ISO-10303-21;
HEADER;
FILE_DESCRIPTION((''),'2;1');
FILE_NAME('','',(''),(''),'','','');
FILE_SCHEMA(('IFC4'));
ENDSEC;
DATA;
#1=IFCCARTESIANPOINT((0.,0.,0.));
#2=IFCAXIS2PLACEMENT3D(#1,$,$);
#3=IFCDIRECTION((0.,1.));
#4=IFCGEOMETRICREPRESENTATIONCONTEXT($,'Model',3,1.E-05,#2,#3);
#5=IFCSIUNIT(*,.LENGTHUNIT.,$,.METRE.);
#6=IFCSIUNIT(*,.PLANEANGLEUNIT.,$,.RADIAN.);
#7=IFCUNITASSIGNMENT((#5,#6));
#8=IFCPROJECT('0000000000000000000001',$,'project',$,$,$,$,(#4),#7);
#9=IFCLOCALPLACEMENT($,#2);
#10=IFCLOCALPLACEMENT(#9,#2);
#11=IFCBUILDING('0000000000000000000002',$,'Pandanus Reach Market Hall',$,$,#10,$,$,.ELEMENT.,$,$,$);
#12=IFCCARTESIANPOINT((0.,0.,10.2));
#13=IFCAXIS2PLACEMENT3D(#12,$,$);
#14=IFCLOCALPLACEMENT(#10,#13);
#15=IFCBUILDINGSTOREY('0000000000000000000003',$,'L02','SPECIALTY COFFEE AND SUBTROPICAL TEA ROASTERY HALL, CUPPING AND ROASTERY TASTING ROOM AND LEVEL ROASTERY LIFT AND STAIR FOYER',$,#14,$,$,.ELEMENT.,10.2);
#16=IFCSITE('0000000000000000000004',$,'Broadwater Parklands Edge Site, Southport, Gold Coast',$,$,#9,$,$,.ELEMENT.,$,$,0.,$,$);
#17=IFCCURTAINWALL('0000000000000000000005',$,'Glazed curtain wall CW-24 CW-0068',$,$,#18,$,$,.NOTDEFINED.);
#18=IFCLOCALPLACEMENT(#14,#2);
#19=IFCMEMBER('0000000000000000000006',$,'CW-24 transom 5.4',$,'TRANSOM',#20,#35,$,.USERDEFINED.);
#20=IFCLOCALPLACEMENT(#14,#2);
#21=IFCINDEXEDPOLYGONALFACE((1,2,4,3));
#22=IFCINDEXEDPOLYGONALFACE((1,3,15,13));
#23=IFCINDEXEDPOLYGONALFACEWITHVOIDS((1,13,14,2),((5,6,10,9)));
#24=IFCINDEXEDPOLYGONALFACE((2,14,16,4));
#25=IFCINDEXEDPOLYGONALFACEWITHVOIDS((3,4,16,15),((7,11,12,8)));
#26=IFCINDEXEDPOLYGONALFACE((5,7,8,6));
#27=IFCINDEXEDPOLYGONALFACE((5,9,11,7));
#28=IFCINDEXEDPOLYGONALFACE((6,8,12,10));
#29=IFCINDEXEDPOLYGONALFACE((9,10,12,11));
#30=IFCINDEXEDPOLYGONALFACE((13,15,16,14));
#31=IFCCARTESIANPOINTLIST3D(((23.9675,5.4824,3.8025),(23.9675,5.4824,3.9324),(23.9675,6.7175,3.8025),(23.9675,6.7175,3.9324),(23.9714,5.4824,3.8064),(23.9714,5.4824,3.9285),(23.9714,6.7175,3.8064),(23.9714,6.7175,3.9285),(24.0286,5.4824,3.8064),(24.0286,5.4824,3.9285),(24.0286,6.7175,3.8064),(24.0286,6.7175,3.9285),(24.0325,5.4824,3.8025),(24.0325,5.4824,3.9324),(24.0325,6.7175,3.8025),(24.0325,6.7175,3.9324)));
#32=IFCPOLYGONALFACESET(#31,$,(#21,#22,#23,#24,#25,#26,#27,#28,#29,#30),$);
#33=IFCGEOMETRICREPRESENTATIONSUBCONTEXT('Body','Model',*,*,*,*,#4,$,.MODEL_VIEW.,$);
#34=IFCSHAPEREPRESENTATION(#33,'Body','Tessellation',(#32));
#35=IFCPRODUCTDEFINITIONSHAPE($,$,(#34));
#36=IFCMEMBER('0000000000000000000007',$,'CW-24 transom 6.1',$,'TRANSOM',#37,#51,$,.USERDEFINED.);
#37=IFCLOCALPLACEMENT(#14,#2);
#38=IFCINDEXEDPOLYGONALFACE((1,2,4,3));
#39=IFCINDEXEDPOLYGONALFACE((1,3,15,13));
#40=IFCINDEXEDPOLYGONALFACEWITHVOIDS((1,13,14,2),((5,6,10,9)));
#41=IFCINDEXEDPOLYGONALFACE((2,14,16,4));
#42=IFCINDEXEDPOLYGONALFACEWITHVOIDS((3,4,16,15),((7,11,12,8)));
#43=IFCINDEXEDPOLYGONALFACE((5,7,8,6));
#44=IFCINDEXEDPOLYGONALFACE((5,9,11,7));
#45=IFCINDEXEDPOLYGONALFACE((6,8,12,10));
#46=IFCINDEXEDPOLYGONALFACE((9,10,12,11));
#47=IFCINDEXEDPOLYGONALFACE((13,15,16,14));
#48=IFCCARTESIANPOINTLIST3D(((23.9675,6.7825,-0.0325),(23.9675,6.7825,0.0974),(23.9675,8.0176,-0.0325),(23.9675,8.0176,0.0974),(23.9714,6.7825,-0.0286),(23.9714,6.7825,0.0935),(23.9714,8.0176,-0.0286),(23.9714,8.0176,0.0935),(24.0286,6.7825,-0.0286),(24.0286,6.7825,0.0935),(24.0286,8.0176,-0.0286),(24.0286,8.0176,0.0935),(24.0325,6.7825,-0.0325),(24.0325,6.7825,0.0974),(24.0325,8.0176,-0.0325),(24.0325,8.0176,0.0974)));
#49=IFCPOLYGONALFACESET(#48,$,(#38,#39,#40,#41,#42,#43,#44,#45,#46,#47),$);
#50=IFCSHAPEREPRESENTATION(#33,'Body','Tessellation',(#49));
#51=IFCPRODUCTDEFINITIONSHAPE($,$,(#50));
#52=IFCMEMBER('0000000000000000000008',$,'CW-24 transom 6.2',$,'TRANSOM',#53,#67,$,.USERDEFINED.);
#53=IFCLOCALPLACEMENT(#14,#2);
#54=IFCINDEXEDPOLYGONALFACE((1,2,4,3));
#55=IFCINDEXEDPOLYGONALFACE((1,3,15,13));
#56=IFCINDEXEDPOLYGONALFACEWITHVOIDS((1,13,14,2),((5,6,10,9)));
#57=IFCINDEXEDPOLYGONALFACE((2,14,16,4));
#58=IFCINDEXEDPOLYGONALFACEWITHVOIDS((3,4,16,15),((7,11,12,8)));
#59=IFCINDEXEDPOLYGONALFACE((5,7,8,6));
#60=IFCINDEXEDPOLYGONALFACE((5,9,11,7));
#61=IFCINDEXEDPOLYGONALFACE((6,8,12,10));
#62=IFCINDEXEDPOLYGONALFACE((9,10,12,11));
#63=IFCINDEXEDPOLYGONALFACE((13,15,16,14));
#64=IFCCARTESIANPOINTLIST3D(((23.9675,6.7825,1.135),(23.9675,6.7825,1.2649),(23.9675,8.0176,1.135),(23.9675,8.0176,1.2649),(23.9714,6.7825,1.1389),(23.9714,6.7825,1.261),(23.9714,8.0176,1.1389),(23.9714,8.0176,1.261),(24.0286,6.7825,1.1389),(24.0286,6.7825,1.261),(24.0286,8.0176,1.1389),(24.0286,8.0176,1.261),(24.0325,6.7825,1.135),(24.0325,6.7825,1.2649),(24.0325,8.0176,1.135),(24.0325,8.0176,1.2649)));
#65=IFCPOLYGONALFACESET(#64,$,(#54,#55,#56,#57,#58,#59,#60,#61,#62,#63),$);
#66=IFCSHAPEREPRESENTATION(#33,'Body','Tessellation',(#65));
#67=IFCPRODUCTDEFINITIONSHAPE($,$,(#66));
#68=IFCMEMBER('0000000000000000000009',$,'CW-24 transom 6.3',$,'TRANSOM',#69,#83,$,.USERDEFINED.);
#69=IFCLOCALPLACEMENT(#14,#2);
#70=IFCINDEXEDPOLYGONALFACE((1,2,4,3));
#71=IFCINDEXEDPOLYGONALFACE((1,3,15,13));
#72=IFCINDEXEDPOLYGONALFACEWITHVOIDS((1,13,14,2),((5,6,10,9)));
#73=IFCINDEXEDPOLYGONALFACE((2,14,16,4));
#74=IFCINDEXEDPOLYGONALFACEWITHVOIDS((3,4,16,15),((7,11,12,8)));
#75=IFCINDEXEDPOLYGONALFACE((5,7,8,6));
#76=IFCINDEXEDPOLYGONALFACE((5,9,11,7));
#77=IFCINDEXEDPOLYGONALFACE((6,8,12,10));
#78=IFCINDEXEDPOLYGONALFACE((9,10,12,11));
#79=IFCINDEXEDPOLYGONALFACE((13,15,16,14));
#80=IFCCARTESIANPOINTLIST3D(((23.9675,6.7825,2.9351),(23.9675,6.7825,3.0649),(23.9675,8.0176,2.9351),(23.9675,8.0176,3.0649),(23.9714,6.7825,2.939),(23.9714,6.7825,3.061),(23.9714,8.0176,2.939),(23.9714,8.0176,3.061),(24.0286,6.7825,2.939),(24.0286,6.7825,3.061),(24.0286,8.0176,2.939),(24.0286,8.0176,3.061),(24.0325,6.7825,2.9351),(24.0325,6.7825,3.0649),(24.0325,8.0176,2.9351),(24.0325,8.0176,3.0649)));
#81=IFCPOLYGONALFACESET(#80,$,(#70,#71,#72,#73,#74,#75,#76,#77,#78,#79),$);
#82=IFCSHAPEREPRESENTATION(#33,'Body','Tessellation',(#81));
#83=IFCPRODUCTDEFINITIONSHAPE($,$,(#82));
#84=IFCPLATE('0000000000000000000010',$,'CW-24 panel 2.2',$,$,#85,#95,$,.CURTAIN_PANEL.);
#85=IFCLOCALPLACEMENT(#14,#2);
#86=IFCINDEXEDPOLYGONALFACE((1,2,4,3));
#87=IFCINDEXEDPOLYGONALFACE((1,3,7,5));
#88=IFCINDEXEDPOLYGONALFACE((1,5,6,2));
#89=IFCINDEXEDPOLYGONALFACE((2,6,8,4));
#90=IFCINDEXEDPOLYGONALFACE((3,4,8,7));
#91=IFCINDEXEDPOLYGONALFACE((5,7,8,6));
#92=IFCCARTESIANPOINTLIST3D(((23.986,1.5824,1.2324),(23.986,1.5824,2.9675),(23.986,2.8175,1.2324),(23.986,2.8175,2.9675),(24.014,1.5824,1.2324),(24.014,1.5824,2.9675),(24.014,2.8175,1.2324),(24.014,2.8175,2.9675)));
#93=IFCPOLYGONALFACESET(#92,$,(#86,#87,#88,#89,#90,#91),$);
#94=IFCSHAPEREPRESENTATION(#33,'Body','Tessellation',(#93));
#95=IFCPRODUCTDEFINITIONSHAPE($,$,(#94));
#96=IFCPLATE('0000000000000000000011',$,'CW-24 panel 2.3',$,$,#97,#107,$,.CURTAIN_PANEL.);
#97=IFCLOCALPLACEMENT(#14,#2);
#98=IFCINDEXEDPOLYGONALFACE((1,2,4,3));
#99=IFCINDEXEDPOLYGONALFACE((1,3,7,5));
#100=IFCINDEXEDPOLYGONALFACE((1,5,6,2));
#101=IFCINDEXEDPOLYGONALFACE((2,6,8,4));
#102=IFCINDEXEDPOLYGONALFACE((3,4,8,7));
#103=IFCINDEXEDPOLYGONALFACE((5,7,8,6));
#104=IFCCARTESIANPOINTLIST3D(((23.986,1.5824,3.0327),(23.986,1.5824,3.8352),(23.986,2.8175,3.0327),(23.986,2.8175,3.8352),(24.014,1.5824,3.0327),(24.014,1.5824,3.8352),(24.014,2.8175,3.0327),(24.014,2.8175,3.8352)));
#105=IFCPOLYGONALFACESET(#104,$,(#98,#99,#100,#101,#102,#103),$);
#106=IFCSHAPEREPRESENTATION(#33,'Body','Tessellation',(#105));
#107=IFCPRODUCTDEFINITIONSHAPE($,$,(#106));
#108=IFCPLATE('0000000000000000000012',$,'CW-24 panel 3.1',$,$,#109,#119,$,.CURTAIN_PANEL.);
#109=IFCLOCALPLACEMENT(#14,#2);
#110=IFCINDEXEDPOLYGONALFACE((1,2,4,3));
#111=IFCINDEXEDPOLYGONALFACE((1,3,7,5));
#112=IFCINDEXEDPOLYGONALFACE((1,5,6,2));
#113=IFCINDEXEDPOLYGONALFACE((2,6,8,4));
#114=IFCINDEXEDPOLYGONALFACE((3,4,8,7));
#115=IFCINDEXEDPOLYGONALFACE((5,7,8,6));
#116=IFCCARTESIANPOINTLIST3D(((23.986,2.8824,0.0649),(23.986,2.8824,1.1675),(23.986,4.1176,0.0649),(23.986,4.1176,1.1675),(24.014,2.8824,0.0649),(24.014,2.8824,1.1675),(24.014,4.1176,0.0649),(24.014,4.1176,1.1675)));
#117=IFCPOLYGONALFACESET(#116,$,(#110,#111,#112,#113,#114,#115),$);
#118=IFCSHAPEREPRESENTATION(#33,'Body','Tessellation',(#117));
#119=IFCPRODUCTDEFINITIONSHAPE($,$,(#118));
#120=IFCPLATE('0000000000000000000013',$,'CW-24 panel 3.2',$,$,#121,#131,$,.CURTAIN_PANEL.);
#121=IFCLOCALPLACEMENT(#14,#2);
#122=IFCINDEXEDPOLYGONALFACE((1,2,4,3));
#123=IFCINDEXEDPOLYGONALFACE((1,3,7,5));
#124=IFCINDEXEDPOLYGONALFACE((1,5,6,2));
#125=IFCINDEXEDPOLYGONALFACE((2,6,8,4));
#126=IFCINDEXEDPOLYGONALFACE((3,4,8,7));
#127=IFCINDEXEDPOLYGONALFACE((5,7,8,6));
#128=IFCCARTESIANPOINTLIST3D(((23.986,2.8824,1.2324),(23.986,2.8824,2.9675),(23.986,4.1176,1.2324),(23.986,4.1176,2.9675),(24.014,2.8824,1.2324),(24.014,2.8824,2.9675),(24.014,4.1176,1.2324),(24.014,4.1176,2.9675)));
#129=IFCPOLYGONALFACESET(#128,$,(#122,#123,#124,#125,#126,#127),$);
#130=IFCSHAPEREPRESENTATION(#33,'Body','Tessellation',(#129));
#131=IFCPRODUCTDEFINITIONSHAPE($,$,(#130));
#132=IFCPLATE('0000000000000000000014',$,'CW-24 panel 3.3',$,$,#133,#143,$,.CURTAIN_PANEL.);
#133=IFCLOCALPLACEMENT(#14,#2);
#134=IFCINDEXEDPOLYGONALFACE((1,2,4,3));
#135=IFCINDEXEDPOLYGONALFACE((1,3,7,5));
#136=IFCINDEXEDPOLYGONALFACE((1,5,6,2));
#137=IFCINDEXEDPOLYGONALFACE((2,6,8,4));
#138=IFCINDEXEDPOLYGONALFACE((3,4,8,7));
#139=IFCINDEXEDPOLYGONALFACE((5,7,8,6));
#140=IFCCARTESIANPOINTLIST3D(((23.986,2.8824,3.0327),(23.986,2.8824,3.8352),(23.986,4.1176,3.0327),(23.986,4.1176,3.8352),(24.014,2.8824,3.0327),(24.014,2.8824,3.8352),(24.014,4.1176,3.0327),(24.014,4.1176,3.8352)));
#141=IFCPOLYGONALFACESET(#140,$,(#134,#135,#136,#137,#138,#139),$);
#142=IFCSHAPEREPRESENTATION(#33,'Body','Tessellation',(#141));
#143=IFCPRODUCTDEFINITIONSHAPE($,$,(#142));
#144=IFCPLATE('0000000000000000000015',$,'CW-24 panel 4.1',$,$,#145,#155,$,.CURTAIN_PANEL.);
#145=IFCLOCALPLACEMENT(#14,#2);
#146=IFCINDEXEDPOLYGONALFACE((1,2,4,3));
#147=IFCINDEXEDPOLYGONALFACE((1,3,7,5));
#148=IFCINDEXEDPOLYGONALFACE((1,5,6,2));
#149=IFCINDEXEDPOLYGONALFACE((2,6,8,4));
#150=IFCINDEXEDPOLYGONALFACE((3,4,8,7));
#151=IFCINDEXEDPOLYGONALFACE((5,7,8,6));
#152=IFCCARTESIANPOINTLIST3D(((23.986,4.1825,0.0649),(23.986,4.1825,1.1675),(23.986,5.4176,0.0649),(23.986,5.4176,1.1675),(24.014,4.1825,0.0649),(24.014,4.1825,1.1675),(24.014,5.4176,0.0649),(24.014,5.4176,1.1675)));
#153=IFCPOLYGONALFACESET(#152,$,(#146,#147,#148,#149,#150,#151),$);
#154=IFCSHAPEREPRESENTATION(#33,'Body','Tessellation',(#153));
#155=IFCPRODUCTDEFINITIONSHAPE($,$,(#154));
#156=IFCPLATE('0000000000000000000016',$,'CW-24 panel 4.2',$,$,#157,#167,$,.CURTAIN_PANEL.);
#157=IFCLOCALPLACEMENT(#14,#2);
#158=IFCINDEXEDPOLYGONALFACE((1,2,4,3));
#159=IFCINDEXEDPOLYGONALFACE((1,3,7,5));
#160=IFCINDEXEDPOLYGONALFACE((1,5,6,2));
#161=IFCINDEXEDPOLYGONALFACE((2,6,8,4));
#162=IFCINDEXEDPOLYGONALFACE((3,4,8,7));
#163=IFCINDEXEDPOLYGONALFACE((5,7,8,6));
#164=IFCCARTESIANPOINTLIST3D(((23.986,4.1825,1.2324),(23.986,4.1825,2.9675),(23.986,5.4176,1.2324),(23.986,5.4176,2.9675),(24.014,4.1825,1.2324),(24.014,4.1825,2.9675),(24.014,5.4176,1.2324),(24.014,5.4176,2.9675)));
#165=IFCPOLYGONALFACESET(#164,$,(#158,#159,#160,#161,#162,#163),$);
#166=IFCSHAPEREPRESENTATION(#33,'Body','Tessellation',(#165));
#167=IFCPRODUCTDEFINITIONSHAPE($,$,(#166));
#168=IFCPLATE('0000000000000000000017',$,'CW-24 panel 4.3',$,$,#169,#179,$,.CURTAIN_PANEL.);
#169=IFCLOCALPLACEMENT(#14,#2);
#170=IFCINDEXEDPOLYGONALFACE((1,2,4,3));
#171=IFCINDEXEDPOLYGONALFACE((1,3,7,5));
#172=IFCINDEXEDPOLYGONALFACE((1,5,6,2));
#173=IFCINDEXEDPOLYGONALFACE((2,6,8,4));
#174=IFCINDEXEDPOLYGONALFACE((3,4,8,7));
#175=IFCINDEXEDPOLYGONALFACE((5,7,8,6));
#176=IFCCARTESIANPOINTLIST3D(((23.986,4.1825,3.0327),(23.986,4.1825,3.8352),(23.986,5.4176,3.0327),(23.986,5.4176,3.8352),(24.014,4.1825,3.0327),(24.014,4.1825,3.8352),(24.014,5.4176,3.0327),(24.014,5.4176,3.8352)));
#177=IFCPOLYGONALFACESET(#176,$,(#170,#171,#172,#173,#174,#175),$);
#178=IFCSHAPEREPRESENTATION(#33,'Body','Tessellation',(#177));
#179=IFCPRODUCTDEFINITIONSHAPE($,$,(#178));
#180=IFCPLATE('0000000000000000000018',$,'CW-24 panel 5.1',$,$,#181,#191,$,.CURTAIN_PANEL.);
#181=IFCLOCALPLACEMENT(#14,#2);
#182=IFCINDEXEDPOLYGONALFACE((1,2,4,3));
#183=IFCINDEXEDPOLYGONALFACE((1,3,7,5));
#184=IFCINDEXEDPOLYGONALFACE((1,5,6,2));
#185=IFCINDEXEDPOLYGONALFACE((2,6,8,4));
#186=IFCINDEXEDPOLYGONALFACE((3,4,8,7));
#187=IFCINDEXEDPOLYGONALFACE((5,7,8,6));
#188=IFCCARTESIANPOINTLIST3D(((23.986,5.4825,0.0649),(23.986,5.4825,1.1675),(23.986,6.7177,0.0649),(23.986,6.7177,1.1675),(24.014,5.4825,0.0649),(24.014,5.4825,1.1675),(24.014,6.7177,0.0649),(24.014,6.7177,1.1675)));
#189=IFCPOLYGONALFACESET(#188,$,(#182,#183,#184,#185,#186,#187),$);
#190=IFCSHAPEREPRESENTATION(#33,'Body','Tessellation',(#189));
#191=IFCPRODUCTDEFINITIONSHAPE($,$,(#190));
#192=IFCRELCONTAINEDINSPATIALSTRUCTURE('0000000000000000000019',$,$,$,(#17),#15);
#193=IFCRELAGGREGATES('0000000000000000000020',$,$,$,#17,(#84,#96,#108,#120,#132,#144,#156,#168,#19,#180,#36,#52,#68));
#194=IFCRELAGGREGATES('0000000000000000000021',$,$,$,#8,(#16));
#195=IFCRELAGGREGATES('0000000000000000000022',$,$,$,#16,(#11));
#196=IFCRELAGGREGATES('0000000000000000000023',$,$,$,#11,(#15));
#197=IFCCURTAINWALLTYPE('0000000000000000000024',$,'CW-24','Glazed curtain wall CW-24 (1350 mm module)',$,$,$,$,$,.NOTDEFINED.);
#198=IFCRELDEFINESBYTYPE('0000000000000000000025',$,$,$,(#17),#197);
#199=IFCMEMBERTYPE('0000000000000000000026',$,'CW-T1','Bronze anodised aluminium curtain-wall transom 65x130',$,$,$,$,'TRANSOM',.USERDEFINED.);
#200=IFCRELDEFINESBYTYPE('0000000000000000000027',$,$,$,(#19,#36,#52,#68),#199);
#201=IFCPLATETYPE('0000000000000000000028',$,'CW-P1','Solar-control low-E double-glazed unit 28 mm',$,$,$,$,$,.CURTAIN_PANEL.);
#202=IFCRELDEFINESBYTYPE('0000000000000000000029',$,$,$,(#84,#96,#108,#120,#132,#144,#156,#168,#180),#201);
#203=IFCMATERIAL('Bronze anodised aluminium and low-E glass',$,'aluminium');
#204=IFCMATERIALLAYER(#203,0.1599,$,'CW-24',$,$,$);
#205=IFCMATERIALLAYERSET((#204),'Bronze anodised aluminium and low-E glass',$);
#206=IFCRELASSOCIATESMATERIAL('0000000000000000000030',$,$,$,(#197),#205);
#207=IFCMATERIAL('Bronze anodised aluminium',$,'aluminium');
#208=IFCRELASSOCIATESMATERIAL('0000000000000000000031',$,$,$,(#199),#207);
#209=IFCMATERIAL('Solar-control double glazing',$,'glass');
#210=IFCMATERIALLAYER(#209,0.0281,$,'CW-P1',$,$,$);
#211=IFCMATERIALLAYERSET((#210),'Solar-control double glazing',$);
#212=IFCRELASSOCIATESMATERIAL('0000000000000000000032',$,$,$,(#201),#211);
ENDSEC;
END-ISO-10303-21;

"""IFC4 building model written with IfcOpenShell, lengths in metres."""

from ifc_helpers import new_model, si_unit, direction, frame, origin, origin_2d, place, context, subcontext, project, spatial, rectangle, hollow_rectangle, extrude, material, layer, layer_set, material_profile, profile_set, type_object, element, aggregate, save


model = new_model("IFC4")

# Units and contexts
model_context = context("Model", 3, precision=1e-05, world=origin(), true_north=direction((0.0, 1.0)))
body_context = subcontext(model_context, "Body", "Model", "MODEL_VIEW")
ifc_project = project(units=[si_unit("LENGTHUNIT", "METRE"), si_unit("PLANEANGLEUNIT", "RADIAN")], contexts=[model_context])

# Site, building, storey
site_placement = place(None, origin())
site = spatial("IfcSite", under=ifc_project, at=site_placement, Name="Broadwater Parklands Edge Site, Southport, Gold Coast", CompositionType="ELEMENT", RefElevation=0.0)
building_placement = place(site_placement, origin())
building = spatial("IfcBuilding", under=site, at=building_placement, Name="Pandanus Reach Market Hall", CompositionType="ELEMENT")
storey_placement = place(building_placement, frame((0.0, 0.0, 10.2)))
storey = spatial("IfcBuildingStorey", under=building, at=storey_placement, Name="L02", Description="SPECIALTY COFFEE AND SUBTROPICAL TEA ROASTERY HALL, CUPPING AND ROASTERY TASTING ROOM AND LEVEL ROASTERY LIFT AND STAIR FOYER", CompositionType="ELEMENT", Elevation=10.2)

# Curtain wall, members, plates
ifc_material_1 = material(Name="Bronze anodised aluminium and low-E glass", Category="aluminium")
ifc_layer_1 = layer(ifc_material_1, 0.1599, Name="CW-24")
ifc_layer_set_1 = layer_set([ifc_layer_1], Name="Bronze anodised aluminium and low-E glass")
curtain_wall_type = type_object("IfcCurtainWallType", Name="CW-24", Description="Glazed curtain wall CW-24 (1350 mm module)", PredefinedType="NOTDEFINED", material=ifc_layer_set_1)
curtain_wall_placement = place(storey_placement, origin())
curtain_wall = element("IfcCurtainWall", 1, at=curtain_wall_placement, inside=storey, type_object=curtain_wall_type, Name="Glazed curtain wall CW-24 CW-0068", PredefinedType="NOTDEFINED")
ifc_material_2 = material(Name="Bronze anodised aluminium", Category="aluminium")
ifc_material_profile = material_profile(ifc_material_2, hollow_rectangle(XDim=0.0649, YDim=0.1299, WallThickness=0.0039, at=origin_2d()), Name="ALU65x130", Category="LoadBearing")
ifc_profile_set = profile_set([ifc_material_profile], Name="Bronze anodised aluminium")
member_type = type_object("IfcMemberType", Name="CW-T1", Description="Bronze anodised aluminium curtain-wall transom 65x130", ElementType="TRANSOM", PredefinedType="USERDEFINED", material=ifc_profile_set)
member_1_placement = place(storey_placement, frame((24.0, 5.4824, 3.8674), z_axis=(0.0, 1.0, 0.0), x_axis=(-1.0, 0.0, 0.0)))
member_1 = element("IfcMember", 2, at=member_1_placement, type_object=member_type, Name="CW-24 transom 5.4", ObjectType="TRANSOM", PredefinedType="USERDEFINED", context=body_context, shape_type="SweptSolid", body=[
    extrude(hollow_rectangle(XDim=0.0649, YDim=0.1299, WallThickness=0.0039, at=origin_2d()), origin(), (0.0, 0.0, 1.0), 1.2351),
])
member_2_placement = place(storey_placement, frame((24.0, 6.7825, 0.0325), z_axis=(0.0, 1.0, 0.0), x_axis=(-1.0, 0.0, 0.0)))
member_2 = element("IfcMember", 3, at=member_2_placement, type_object=member_type, Name="CW-24 transom 6.1", ObjectType="TRANSOM", PredefinedType="USERDEFINED", context=body_context, shape_type="SweptSolid", body=[
    extrude(hollow_rectangle(XDim=0.0649, YDim=0.1299, WallThickness=0.0039, at=origin_2d()), origin(), (0.0, 0.0, 1.0), 1.2351),
])
member_3_placement = place(storey_placement, frame((24.0, 6.7825, 1.2), z_axis=(0.0, 1.0, 0.0), x_axis=(-1.0, 0.0, 0.0)))
member_3 = element("IfcMember", 4, at=member_3_placement, type_object=member_type, Name="CW-24 transom 6.2", ObjectType="TRANSOM", PredefinedType="USERDEFINED", context=body_context, shape_type="SweptSolid", body=[
    extrude(hollow_rectangle(XDim=0.0649, YDim=0.1299, WallThickness=0.0039, at=origin_2d()), origin(), (0.0, 0.0, 1.0), 1.2351),
])
member_4_placement = place(storey_placement, frame((24.0, 6.7825, 3.0), z_axis=(0.0, 1.0, 0.0), x_axis=(-1.0, 0.0, 0.0)))
member_4 = element("IfcMember", 5, at=member_4_placement, type_object=member_type, Name="CW-24 transom 6.3", ObjectType="TRANSOM", PredefinedType="USERDEFINED", context=body_context, shape_type="SweptSolid", body=[
    extrude(hollow_rectangle(XDim=0.0649, YDim=0.1299, WallThickness=0.0039, at=origin_2d()), origin(), (0.0, 0.0, 1.0), 1.2351),
])
ifc_material_3 = material(Name="Solar-control double glazing", Category="glass")
ifc_layer_2 = layer(ifc_material_3, 0.0281, Name="CW-P1")
ifc_layer_set_2 = layer_set([ifc_layer_2], Name="Solar-control double glazing")
plate_type = type_object("IfcPlateType", Name="CW-P1", Description="Solar-control low-E double-glazed unit 28 mm", PredefinedType="CURTAIN_PANEL", material=ifc_layer_set_2)
plate_1_placement = place(storey_placement, frame((24.0, 2.2, 1.2324), z_axis=(0.0, 0.0, 1.0), x_axis=(0.0, 1.0, 0.0)))
plate_1 = element("IfcPlate", 6, at=plate_1_placement, type_object=plate_type, Name="CW-24 panel 2.2", PredefinedType="CURTAIN_PANEL", context=body_context, shape_type="SweptSolid", body=[
    extrude(rectangle(XDim=1.2351, YDim=0.0281, at=origin_2d()), origin(), (0.0, 0.0, 1.0), 1.7351),
])
plate_2_placement = place(storey_placement, frame((24.0, 2.2, 3.0327), z_axis=(0.0, 0.0, 1.0), x_axis=(0.0, 1.0, 0.0)))
plate_2 = element("IfcPlate", 7, at=plate_2_placement, type_object=plate_type, Name="CW-24 panel 2.3", PredefinedType="CURTAIN_PANEL", context=body_context, shape_type="SweptSolid", body=[
    extrude(rectangle(XDim=1.2351, YDim=0.0281, at=origin_2d()), origin(), (0.0, 0.0, 1.0), 0.8025),
])
plate_3_placement = place(storey_placement, frame((24.0, 3.5, 0.0649), z_axis=(0.0, 0.0, 1.0), x_axis=(0.0, 1.0, 0.0)))
plate_3 = element("IfcPlate", 8, at=plate_3_placement, type_object=plate_type, Name="CW-24 panel 3.1", PredefinedType="CURTAIN_PANEL", context=body_context, shape_type="SweptSolid", body=[
    extrude(rectangle(XDim=1.2351, YDim=0.0281, at=origin_2d()), origin(), (0.0, 0.0, 1.0), 1.1025),
])
plate_4_placement = place(storey_placement, frame((24.0, 3.5, 1.2324), z_axis=(0.0, 0.0, 1.0), x_axis=(0.0, 1.0, 0.0)))
plate_4 = element("IfcPlate", 9, at=plate_4_placement, type_object=plate_type, Name="CW-24 panel 3.2", PredefinedType="CURTAIN_PANEL", context=body_context, shape_type="SweptSolid", body=[
    extrude(rectangle(XDim=1.2351, YDim=0.0281, at=origin_2d()), origin(), (0.0, 0.0, 1.0), 1.7351),
])
plate_5_placement = place(storey_placement, frame((24.0, 3.5, 3.0327), z_axis=(0.0, 0.0, 1.0), x_axis=(0.0, 1.0, 0.0)))
plate_5 = element("IfcPlate", 10, at=plate_5_placement, type_object=plate_type, Name="CW-24 panel 3.3", PredefinedType="CURTAIN_PANEL", context=body_context, shape_type="SweptSolid", body=[
    extrude(rectangle(XDim=1.2351, YDim=0.0281, at=origin_2d()), origin(), (0.0, 0.0, 1.0), 0.8025),
])
plate_6_placement = place(storey_placement, frame((24.0, 4.8, 0.0649), z_axis=(0.0, 0.0, 1.0), x_axis=(0.0, 1.0, 0.0)))
plate_6 = element("IfcPlate", 11, at=plate_6_placement, type_object=plate_type, Name="CW-24 panel 4.1", PredefinedType="CURTAIN_PANEL", context=body_context, shape_type="SweptSolid", body=[
    extrude(rectangle(XDim=1.2351, YDim=0.0281, at=origin_2d()), origin(), (0.0, 0.0, 1.0), 1.1025),
])
plate_7_placement = place(storey_placement, frame((24.0, 4.8, 1.2324), z_axis=(0.0, 0.0, 1.0), x_axis=(0.0, 1.0, 0.0)))
plate_7 = element("IfcPlate", 12, at=plate_7_placement, type_object=plate_type, Name="CW-24 panel 4.2", PredefinedType="CURTAIN_PANEL", context=body_context, shape_type="SweptSolid", body=[
    extrude(rectangle(XDim=1.2351, YDim=0.0281, at=origin_2d()), origin(), (0.0, 0.0, 1.0), 1.7351),
])
plate_8_placement = place(storey_placement, frame((24.0, 4.8, 3.0327), z_axis=(0.0, 0.0, 1.0), x_axis=(0.0, 1.0, 0.0)))
plate_8 = element("IfcPlate", 13, at=plate_8_placement, type_object=plate_type, Name="CW-24 panel 4.3", PredefinedType="CURTAIN_PANEL", context=body_context, shape_type="SweptSolid", body=[
    extrude(rectangle(XDim=1.2351, YDim=0.0281, at=origin_2d()), origin(), (0.0, 0.0, 1.0), 0.8025),
])
plate_9_placement = place(storey_placement, frame((24.0, 6.1001, 0.0649), z_axis=(0.0, 0.0, 1.0), x_axis=(0.0, 1.0, 0.0)))
plate_9 = element("IfcPlate", 14, at=plate_9_placement, type_object=plate_type, Name="CW-24 panel 5.1", PredefinedType="CURTAIN_PANEL", context=body_context, shape_type="SweptSolid", body=[
    extrude(rectangle(XDim=1.2351, YDim=0.0281, at=origin_2d()), origin(), (0.0, 0.0, 1.0), 1.1025),
])
aggregate(curtain_wall, [plate_1, plate_2, plate_3, plate_4, plate_5, plate_6, plate_7, plate_8, member_1, plate_9, member_2, member_3, member_4])

save(model, "model.ifc")
